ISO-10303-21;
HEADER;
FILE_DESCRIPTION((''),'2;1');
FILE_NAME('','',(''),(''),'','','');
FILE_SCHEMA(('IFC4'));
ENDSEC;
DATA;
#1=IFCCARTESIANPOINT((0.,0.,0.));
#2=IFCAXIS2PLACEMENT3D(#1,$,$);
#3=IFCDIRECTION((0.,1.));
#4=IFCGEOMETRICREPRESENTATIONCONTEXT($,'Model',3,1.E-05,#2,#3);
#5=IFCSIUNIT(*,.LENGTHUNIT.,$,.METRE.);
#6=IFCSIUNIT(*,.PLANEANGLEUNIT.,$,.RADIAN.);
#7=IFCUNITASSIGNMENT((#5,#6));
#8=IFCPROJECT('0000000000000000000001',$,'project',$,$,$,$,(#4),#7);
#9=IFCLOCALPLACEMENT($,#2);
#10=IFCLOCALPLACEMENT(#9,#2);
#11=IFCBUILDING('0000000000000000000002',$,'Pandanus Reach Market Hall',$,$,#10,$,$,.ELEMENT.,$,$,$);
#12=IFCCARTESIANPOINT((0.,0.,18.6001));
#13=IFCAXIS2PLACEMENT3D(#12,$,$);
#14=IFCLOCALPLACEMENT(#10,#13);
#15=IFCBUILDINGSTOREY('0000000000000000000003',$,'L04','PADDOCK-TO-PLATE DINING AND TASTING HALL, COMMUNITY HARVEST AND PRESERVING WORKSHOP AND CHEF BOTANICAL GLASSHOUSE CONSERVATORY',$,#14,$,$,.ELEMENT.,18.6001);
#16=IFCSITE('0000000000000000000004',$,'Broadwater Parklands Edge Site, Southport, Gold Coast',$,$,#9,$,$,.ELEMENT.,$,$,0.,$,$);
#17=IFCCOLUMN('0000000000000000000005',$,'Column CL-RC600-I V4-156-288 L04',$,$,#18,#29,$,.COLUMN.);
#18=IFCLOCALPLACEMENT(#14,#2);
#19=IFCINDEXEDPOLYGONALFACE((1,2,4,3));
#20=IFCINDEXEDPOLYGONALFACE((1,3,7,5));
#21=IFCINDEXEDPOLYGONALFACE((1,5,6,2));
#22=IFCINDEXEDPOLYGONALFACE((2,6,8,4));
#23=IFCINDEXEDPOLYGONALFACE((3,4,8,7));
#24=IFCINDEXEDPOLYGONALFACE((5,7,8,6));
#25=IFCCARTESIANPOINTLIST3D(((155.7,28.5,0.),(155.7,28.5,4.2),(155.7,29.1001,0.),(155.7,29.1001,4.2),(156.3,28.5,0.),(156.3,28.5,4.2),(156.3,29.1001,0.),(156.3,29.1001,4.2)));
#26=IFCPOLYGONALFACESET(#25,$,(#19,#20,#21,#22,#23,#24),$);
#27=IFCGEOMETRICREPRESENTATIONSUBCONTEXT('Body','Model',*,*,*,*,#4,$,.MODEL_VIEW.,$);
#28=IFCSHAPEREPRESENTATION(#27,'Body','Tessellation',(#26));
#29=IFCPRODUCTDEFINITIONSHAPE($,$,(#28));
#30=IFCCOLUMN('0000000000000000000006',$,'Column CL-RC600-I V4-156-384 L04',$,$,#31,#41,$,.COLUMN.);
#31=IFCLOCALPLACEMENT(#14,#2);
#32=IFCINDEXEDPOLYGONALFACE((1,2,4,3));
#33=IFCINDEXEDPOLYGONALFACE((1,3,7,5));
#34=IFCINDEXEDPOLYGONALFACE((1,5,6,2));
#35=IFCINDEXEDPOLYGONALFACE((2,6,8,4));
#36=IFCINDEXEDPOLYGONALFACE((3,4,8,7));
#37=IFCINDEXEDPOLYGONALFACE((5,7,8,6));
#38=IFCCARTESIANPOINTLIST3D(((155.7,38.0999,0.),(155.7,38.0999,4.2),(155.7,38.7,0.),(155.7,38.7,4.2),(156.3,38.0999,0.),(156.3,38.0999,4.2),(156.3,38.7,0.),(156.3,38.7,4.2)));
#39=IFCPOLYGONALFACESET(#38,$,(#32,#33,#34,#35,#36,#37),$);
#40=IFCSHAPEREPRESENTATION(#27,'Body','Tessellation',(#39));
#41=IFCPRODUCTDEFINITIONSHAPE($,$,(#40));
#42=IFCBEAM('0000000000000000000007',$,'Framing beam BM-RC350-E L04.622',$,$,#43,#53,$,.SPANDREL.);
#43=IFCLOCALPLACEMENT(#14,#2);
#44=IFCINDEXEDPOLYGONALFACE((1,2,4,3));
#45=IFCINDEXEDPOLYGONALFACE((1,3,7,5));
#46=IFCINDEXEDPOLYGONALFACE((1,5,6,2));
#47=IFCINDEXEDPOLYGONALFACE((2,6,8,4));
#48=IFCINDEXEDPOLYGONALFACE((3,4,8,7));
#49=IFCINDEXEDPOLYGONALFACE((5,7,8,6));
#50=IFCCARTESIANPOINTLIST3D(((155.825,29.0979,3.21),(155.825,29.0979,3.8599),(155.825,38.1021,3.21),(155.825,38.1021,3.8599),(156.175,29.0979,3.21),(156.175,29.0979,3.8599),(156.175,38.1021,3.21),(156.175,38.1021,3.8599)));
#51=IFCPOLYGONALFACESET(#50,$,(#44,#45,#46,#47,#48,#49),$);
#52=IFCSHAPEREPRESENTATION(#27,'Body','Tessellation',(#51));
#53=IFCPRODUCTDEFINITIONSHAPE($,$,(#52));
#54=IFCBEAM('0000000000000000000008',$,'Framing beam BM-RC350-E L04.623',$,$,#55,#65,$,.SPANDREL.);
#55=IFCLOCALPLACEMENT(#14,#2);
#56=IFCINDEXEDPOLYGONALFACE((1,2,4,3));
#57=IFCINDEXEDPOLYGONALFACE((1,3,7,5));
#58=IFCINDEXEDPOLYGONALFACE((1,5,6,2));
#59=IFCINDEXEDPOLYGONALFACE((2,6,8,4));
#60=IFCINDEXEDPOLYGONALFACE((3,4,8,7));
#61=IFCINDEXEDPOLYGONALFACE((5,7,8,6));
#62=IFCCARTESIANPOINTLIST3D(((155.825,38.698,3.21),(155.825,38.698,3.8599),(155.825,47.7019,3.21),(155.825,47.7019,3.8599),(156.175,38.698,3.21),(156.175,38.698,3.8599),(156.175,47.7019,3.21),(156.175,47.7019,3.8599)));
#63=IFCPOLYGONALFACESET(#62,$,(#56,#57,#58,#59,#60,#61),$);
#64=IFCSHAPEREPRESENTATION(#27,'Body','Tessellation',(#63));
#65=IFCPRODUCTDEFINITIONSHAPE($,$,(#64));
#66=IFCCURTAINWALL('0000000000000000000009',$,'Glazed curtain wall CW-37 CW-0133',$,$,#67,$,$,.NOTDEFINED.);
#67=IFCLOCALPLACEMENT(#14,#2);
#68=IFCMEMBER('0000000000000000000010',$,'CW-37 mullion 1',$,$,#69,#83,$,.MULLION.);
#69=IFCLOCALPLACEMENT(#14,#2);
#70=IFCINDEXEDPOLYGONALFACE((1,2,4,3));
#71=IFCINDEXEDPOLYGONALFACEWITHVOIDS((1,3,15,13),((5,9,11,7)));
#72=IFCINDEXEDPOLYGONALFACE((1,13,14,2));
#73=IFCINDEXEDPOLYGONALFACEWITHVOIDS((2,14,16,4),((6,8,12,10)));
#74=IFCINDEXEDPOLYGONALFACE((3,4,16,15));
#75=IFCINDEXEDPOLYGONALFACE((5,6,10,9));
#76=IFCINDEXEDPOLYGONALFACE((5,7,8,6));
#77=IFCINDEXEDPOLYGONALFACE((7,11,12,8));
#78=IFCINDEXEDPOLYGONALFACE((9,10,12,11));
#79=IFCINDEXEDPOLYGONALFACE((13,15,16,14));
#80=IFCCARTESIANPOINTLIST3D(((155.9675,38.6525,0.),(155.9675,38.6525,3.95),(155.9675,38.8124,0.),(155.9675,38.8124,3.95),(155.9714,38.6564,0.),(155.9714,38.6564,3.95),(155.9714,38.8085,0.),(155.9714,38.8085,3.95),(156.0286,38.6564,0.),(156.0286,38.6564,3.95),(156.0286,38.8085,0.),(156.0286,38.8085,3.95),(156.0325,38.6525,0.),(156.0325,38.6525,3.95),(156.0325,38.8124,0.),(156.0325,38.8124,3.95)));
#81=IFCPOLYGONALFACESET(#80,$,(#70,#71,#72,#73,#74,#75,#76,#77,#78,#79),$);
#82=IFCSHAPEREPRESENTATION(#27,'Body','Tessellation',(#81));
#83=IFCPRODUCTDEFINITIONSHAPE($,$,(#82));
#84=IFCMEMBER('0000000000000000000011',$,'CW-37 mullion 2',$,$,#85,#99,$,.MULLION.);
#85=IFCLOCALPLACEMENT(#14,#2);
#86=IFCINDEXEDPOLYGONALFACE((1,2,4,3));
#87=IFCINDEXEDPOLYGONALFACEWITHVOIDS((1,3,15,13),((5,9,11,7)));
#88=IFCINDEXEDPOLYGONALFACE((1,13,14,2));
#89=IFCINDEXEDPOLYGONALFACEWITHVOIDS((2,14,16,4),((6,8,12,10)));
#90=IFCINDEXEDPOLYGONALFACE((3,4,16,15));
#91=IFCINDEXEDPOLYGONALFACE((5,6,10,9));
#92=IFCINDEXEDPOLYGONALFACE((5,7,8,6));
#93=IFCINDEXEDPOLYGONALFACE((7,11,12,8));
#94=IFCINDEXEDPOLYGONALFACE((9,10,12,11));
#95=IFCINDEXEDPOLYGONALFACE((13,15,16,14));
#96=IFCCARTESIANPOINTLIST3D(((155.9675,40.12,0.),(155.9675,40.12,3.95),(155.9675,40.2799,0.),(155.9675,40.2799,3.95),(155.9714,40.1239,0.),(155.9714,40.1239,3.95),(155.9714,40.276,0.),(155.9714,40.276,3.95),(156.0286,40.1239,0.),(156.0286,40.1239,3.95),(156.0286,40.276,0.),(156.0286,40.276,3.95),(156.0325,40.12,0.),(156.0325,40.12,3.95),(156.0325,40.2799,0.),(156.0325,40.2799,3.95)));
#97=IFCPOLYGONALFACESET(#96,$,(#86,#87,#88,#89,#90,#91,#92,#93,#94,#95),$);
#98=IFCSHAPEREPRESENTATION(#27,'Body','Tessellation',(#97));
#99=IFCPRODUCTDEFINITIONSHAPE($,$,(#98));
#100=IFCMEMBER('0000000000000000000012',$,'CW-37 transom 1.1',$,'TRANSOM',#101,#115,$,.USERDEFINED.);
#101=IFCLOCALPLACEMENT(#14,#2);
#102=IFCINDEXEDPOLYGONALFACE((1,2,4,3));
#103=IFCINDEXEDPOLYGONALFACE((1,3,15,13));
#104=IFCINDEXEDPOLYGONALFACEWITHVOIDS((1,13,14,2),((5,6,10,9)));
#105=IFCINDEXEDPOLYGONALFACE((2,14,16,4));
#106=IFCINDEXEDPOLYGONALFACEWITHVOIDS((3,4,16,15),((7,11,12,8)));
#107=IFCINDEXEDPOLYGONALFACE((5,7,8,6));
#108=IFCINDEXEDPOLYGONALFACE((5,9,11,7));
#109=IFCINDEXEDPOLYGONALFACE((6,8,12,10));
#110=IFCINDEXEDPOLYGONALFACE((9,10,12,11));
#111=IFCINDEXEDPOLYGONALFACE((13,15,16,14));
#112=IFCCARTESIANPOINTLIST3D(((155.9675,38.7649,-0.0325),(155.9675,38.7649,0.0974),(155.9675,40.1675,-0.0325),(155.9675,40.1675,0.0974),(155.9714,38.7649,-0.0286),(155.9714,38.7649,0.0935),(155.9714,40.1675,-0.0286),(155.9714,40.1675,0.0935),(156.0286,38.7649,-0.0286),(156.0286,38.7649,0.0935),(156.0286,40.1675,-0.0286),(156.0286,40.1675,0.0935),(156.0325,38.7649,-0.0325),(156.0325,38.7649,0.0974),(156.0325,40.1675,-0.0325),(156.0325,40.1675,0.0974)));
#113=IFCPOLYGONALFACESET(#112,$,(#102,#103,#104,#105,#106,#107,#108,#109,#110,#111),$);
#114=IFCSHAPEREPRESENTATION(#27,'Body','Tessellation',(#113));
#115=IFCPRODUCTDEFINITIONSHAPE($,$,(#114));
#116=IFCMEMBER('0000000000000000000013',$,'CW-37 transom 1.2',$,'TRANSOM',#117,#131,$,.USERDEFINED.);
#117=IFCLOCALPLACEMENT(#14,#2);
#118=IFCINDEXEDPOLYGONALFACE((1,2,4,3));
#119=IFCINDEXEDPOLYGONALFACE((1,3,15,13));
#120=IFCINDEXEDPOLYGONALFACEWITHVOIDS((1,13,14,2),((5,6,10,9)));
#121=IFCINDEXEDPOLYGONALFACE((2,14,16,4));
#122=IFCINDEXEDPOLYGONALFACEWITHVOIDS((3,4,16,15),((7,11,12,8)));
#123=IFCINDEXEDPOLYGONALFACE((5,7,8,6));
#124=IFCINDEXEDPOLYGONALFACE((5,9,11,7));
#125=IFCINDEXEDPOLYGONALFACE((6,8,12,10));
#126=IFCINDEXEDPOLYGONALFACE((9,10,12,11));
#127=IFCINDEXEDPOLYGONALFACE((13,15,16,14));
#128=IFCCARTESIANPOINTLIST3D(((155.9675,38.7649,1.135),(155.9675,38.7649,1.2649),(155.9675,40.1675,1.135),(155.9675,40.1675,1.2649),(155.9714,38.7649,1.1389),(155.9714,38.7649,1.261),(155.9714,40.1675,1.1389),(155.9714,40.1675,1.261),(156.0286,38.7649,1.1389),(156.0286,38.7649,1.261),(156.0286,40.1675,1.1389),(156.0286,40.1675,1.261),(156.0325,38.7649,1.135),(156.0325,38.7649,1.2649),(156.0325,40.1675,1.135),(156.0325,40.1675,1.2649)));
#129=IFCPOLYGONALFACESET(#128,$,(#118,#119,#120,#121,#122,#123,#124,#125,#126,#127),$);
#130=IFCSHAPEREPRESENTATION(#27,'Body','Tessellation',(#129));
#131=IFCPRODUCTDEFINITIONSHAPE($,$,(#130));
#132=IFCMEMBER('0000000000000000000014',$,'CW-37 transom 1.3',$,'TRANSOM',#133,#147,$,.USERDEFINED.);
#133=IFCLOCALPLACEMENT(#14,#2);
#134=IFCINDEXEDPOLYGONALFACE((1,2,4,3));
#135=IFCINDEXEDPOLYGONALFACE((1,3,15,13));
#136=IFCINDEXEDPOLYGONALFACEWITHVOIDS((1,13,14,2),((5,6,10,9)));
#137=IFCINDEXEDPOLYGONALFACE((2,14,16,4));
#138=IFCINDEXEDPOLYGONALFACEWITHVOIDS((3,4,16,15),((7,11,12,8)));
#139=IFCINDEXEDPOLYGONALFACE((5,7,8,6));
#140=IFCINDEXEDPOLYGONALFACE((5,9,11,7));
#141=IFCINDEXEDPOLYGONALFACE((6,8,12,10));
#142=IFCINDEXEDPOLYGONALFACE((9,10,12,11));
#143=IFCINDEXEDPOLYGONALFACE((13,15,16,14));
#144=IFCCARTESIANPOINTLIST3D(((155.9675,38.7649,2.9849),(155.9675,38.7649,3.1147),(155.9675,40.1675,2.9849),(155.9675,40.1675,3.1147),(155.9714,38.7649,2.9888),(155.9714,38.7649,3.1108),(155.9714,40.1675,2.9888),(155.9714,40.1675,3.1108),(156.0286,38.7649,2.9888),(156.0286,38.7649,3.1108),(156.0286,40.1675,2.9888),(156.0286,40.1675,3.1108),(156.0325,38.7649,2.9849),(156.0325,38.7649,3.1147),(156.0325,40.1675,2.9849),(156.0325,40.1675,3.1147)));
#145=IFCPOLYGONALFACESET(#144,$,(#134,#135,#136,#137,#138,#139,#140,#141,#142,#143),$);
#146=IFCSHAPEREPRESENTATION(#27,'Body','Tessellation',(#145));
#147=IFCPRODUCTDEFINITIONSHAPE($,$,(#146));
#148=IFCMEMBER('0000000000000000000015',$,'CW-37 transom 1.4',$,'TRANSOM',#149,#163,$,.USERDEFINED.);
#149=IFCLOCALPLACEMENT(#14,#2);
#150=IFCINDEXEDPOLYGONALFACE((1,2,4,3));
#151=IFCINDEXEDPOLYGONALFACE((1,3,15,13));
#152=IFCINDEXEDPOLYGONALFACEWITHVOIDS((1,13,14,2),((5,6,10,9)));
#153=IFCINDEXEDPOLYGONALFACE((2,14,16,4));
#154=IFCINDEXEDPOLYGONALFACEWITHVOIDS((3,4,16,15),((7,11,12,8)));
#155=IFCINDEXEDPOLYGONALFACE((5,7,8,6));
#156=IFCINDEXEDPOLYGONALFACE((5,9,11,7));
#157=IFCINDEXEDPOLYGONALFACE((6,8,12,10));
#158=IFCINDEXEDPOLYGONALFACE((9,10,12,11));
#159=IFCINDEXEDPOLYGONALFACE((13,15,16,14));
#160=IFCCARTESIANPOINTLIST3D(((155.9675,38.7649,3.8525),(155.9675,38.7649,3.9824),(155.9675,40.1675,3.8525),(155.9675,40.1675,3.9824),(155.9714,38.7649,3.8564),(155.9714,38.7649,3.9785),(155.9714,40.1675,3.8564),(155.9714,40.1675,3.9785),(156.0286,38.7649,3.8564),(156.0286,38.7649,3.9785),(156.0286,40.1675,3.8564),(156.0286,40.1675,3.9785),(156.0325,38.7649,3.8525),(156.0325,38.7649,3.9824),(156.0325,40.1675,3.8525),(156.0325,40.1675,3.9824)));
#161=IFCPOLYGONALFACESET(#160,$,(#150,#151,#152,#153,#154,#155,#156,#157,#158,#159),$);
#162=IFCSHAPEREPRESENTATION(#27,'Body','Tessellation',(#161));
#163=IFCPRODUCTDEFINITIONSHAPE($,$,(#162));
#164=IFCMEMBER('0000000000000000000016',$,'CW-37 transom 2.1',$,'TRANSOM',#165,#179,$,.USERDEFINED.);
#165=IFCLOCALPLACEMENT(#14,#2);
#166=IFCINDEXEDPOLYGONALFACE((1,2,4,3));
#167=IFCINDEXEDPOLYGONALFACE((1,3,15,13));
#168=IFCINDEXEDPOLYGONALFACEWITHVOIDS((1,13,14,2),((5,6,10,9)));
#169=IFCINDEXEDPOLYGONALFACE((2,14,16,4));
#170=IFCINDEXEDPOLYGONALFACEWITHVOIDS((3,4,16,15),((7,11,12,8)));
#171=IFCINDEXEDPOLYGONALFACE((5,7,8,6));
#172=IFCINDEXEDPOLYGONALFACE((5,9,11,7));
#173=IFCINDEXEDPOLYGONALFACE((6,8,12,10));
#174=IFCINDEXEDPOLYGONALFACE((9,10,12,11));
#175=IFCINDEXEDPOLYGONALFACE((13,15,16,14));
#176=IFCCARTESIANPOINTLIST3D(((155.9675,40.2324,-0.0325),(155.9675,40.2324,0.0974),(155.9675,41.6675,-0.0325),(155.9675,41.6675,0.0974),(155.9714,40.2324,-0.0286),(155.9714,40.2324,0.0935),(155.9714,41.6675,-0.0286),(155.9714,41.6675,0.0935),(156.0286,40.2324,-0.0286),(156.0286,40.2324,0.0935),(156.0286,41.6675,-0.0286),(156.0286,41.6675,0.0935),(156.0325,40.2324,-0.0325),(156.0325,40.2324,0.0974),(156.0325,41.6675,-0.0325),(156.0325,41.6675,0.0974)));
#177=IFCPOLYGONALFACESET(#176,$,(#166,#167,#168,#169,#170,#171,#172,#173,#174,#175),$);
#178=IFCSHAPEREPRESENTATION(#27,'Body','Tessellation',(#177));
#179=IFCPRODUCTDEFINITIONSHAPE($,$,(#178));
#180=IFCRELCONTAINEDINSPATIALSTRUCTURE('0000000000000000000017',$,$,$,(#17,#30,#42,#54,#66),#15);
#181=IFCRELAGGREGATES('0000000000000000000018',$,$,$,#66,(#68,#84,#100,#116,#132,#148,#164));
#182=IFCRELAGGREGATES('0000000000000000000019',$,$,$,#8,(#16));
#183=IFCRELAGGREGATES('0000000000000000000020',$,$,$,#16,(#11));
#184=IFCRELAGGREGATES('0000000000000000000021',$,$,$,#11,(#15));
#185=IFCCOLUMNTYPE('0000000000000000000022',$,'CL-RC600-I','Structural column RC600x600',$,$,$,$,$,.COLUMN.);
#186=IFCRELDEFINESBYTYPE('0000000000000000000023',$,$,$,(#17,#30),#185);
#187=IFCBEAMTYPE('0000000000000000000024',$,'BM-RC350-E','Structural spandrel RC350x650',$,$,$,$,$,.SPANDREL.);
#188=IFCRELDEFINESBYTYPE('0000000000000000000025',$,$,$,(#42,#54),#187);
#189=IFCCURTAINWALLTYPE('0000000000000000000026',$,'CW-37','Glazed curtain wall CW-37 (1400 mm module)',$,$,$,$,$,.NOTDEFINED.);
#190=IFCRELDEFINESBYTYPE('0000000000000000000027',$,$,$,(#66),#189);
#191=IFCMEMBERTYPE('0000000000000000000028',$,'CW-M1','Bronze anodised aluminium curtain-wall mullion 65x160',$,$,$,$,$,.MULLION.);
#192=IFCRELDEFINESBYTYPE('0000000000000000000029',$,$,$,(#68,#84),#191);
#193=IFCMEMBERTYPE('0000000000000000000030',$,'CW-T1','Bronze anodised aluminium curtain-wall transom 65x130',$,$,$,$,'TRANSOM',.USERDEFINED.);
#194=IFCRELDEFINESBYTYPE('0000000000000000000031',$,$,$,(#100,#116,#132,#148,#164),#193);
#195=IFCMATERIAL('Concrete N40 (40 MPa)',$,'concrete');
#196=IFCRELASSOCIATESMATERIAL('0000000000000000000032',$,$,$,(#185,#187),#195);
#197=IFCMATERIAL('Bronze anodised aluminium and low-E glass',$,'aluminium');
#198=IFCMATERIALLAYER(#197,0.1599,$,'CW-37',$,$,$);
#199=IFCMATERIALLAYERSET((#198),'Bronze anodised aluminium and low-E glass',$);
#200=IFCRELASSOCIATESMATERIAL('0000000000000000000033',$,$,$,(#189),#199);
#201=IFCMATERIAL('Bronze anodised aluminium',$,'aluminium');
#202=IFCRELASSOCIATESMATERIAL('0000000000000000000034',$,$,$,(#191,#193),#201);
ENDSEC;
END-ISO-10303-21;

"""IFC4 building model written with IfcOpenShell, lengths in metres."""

from ifc_helpers import new_model, si_unit, direction, frame, origin, origin_2d, place, context, subcontext, project, spatial, rectangle, hollow_rectangle, extrude, material, layer, layer_set, material_profile, profile_set, type_object, element, aggregate, save


model = new_model("IFC4")

# Units and contexts
model_context = context("Model", 3, precision=1e-05, world=origin(), true_north=direction((0.0, 1.0)))
body_context = subcontext(model_context, "Body", "Model", "MODEL_VIEW")
ifc_project = project(units=[si_unit("LENGTHUNIT", "METRE"), si_unit("PLANEANGLEUNIT", "RADIAN")], contexts=[model_context])

# Site, building, storey
site_placement = place(None, origin())
site = spatial("IfcSite", under=ifc_project, at=site_placement, Name="Broadwater Parklands Edge Site, Southport, Gold Coast", CompositionType="ELEMENT", RefElevation=0.0)
building_placement = place(site_placement, origin())
building = spatial("IfcBuilding", under=site, at=building_placement, Name="Pandanus Reach Market Hall", CompositionType="ELEMENT")
storey_placement = place(building_placement, frame((0.0, 0.0, 18.6001)))
storey = spatial("IfcBuildingStorey", under=building, at=storey_placement, Name="L04", Description="PADDOCK-TO-PLATE DINING AND TASTING HALL, COMMUNITY HARVEST AND PRESERVING WORKSHOP AND CHEF BOTANICAL GLASSHOUSE CONSERVATORY", CompositionType="ELEMENT", Elevation=18.6001)

# Columns
ifc_material_1 = material(Name="Concrete N40 (40 MPa)", Category="concrete")
ifc_material_profile_1 = material_profile(ifc_material_1, rectangle(XDim=0.6001, YDim=0.6001, at=origin_2d()), Name="RC600x600", Category="LoadBearing")
ifc_profile_set_1 = profile_set([ifc_material_profile_1], Name="Concrete N40 (40 MPa)")
column_type = type_object("IfcColumnType", Name="CL-RC600-I", Description="Structural column RC600x600", PredefinedType="COLUMN", material=ifc_profile_set_1)
for number, where, z_axis, x_axis, name in (
    (1, (156.0, 28.8, 0.0), (0.0, 0.0, 1.0), (1.0, 0.0, 0.0), "Column CL-RC600-I V4-156-288 L04"),
    (2, (156.0, 38.3999, 0.0), (0.0, 0.0, 1.0), (1.0, 0.0, 0.0), "Column CL-RC600-I V4-156-384 L04"),
):
    element("IfcColumn", number, at=place(storey_placement, frame(where, z_axis=z_axis, x_axis=x_axis)), inside=storey, type_object=column_type, Name=name, PredefinedType="COLUMN", context=body_context, shape_type="SweptSolid", body=[
        extrude(rectangle(XDim=0.6001, YDim=0.6001, at=origin_2d()), origin(), (0.0, 0.0, 1.0), 4.2),
    ])

# Beams
ifc_material_profile_2 = material_profile(ifc_material_1, rectangle(XDim=0.3501, YDim=0.6499, at=origin_2d()), Name="RC350x650", Category="LoadBearing")
ifc_profile_set_2 = profile_set([ifc_material_profile_2], Name="Concrete N40 (40 MPa)")
beam_type = type_object("IfcBeamType", Name="BM-RC350-E", Description="Structural spandrel RC350x650", PredefinedType="SPANDREL", material=ifc_profile_set_2)
beam_1_placement = place(storey_placement, frame((156.0, 29.0979, 3.5349), z_axis=(0.0, 1.0, 0.0), x_axis=(-1.0, 0.0, 0.0)))
element("IfcBeam", 3, at=beam_1_placement, inside=storey, type_object=beam_type, Name="Framing beam BM-RC350-E L04.622", PredefinedType="SPANDREL", context=body_context, shape_type="SweptSolid", body=[
    extrude(rectangle(XDim=0.3501, YDim=0.6499, at=origin_2d()), origin(), (0.0, 0.0, 1.0), 9.0042),
])
beam_2_placement = place(storey_placement, frame((156.0, 38.698, 3.5349), z_axis=(0.0, 1.0, 0.0), x_axis=(-1.0, 0.0, 0.0)))
element("IfcBeam", 4, at=beam_2_placement, inside=storey, type_object=beam_type, Name="Framing beam BM-RC350-E L04.623", PredefinedType="SPANDREL", context=body_context, shape_type="SweptSolid", body=[
    extrude(rectangle(XDim=0.3501, YDim=0.6499, at=origin_2d()), origin(), (0.0, 0.0, 1.0), 9.0039),
])

# Curtain wall, members
ifc_material_2 = material(Name="Bronze anodised aluminium and low-E glass", Category="aluminium")
ifc_layer_1 = layer(ifc_material_2, 0.1599, Name="CW-37")
ifc_layer_set_1 = layer_set([ifc_layer_1], Name="Bronze anodised aluminium and low-E glass")
curtain_wall_type = type_object("IfcCurtainWallType", Name="CW-37", Description="Glazed curtain wall CW-37 (1400 mm module)", PredefinedType="NOTDEFINED", material=ifc_layer_set_1)
curtain_wall_placement = place(storey_placement, origin())
curtain_wall = element("IfcCurtainWall", 5, at=curtain_wall_placement, inside=storey, type_object=curtain_wall_type, Name="Glazed curtain wall CW-37 CW-0133", PredefinedType="NOTDEFINED")
ifc_material_3 = material(Name="Bronze anodised aluminium", Category="aluminium")
ifc_material_profile_3 = material_profile(ifc_material_3, hollow_rectangle(XDim=0.0649, YDim=0.1599, WallThickness=0.0039, at=origin_2d()), Name="ALU65x160", Category="LoadBearing")
ifc_profile_set_3 = profile_set([ifc_material_profile_3], Name="Bronze anodised aluminium")
member_type_1 = type_object("IfcMemberType", Name="CW-M1", Description="Bronze anodised aluminium curtain-wall mullion 65x160", PredefinedType="MULLION", material=ifc_profile_set_3)
member_1_placement = place(storey_placement, frame((156.0, 38.7324, 0.0), z_axis=(0.0, 0.0, 1.0), x_axis=(-1.0, 0.0, 0.0)))
member_1 = element("IfcMember", 6, at=member_1_placement, type_object=member_type_1, Name="CW-37 mullion 1", PredefinedType="MULLION", context=body_context, shape_type="SweptSolid", body=[
    extrude(hollow_rectangle(XDim=0.0649, YDim=0.1599, WallThickness=0.0039, at=origin_2d()), origin(), (0.0, 0.0, 1.0), 3.95),
])
member_2_placement = place(storey_placement, frame((156.0, 40.2, 0.0), z_axis=(0.0, 0.0, 1.0), x_axis=(-1.0, 0.0, 0.0)))
member_2 = element("IfcMember", 7, at=member_2_placement, type_object=member_type_1, Name="CW-37 mullion 2", PredefinedType="MULLION", context=body_context, shape_type="SweptSolid", body=[
    extrude(hollow_rectangle(XDim=0.0649, YDim=0.1599, WallThickness=0.0039, at=origin_2d()), origin(), (0.0, 0.0, 1.0), 3.95),
])
ifc_material_profile_4 = material_profile(ifc_material_3, hollow_rectangle(XDim=0.0649, YDim=0.1299, WallThickness=0.0039, at=origin_2d()), Name="ALU65x130", Category="LoadBearing")
ifc_profile_set_4 = profile_set([ifc_material_profile_4], Name="Bronze anodised aluminium")
member_type_2 = type_object("IfcMemberType", Name="CW-T1", Description="Bronze anodised aluminium curtain-wall transom 65x130", ElementType="TRANSOM", PredefinedType="USERDEFINED", material=ifc_profile_set_4)
member_3_placement = place(storey_placement, frame((156.0, 38.7649, 0.0325), z_axis=(0.0, 1.0, 0.0), x_axis=(-1.0, 0.0, 0.0)))
member_3 = element("IfcMember", 8, at=member_3_placement, type_object=member_type_2, Name="CW-37 transom 1.1", ObjectType="TRANSOM", PredefinedType="USERDEFINED", context=body_context, shape_type="SweptSolid", body=[
    extrude(hollow_rectangle(XDim=0.0649, YDim=0.1299, WallThickness=0.0039, at=origin_2d()), origin(), (0.0, 0.0, 1.0), 1.4026),
])
member_4_placement = place(storey_placement, frame((156.0, 38.7649, 1.2), z_axis=(0.0, 1.0, 0.0), x_axis=(-1.0, 0.0, 0.0)))
member_4 = element("IfcMember", 9, at=member_4_placement, type_object=member_type_2, Name="CW-37 transom 1.2", ObjectType="TRANSOM", PredefinedType="USERDEFINED", context=body_context, shape_type="SweptSolid", body=[
    extrude(hollow_rectangle(XDim=0.0649, YDim=0.1299, WallThickness=0.0039, at=origin_2d()), origin(), (0.0, 0.0, 1.0), 1.4026),
])
member_5_placement = place(storey_placement, frame((156.0, 38.7649, 3.0498), z_axis=(0.0, 1.0, 0.0), x_axis=(-1.0, 0.0, 0.0)))
member_5 = element("IfcMember", 10, at=member_5_placement, type_object=member_type_2, Name="CW-37 transom 1.3", ObjectType="TRANSOM", PredefinedType="USERDEFINED", context=body_context, shape_type="SweptSolid", body=[
    extrude(hollow_rectangle(XDim=0.0649, YDim=0.1299, WallThickness=0.0039, at=origin_2d()), origin(), (0.0, 0.0, 1.0), 1.4026),
])
member_6_placement = place(storey_placement, frame((156.0, 38.7649, 3.9175), z_axis=(0.0, 1.0, 0.0), x_axis=(-1.0, 0.0, 0.0)))
member_6 = element("IfcMember", 11, at=member_6_placement, type_object=member_type_2, Name="CW-37 transom 1.4", ObjectType="TRANSOM", PredefinedType="USERDEFINED", context=body_context, shape_type="SweptSolid", body=[
    extrude(hollow_rectangle(XDim=0.0649, YDim=0.1299, WallThickness=0.0039, at=origin_2d()), origin(), (0.0, 0.0, 1.0), 1.4026),
])
member_7_placement = place(storey_placement, frame((156.0, 40.2324, 0.0325), z_axis=(0.0, 1.0, 0.0), x_axis=(-1.0, 0.0, 0.0)))
member_7 = element("IfcMember", 12, at=member_7_placement, type_object=member_type_2, Name="CW-37 transom 2.1", ObjectType="TRANSOM", PredefinedType="USERDEFINED", context=body_context, shape_type="SweptSolid", body=[
    extrude(hollow_rectangle(XDim=0.0649, YDim=0.1299, WallThickness=0.0039, at=origin_2d()), origin(), (0.0, 0.0, 1.0), 1.4351),
])
aggregate(curtain_wall, [member_1, member_2, member_3, member_4, member_5, member_6, member_7])

save(model, "model.ifc")
